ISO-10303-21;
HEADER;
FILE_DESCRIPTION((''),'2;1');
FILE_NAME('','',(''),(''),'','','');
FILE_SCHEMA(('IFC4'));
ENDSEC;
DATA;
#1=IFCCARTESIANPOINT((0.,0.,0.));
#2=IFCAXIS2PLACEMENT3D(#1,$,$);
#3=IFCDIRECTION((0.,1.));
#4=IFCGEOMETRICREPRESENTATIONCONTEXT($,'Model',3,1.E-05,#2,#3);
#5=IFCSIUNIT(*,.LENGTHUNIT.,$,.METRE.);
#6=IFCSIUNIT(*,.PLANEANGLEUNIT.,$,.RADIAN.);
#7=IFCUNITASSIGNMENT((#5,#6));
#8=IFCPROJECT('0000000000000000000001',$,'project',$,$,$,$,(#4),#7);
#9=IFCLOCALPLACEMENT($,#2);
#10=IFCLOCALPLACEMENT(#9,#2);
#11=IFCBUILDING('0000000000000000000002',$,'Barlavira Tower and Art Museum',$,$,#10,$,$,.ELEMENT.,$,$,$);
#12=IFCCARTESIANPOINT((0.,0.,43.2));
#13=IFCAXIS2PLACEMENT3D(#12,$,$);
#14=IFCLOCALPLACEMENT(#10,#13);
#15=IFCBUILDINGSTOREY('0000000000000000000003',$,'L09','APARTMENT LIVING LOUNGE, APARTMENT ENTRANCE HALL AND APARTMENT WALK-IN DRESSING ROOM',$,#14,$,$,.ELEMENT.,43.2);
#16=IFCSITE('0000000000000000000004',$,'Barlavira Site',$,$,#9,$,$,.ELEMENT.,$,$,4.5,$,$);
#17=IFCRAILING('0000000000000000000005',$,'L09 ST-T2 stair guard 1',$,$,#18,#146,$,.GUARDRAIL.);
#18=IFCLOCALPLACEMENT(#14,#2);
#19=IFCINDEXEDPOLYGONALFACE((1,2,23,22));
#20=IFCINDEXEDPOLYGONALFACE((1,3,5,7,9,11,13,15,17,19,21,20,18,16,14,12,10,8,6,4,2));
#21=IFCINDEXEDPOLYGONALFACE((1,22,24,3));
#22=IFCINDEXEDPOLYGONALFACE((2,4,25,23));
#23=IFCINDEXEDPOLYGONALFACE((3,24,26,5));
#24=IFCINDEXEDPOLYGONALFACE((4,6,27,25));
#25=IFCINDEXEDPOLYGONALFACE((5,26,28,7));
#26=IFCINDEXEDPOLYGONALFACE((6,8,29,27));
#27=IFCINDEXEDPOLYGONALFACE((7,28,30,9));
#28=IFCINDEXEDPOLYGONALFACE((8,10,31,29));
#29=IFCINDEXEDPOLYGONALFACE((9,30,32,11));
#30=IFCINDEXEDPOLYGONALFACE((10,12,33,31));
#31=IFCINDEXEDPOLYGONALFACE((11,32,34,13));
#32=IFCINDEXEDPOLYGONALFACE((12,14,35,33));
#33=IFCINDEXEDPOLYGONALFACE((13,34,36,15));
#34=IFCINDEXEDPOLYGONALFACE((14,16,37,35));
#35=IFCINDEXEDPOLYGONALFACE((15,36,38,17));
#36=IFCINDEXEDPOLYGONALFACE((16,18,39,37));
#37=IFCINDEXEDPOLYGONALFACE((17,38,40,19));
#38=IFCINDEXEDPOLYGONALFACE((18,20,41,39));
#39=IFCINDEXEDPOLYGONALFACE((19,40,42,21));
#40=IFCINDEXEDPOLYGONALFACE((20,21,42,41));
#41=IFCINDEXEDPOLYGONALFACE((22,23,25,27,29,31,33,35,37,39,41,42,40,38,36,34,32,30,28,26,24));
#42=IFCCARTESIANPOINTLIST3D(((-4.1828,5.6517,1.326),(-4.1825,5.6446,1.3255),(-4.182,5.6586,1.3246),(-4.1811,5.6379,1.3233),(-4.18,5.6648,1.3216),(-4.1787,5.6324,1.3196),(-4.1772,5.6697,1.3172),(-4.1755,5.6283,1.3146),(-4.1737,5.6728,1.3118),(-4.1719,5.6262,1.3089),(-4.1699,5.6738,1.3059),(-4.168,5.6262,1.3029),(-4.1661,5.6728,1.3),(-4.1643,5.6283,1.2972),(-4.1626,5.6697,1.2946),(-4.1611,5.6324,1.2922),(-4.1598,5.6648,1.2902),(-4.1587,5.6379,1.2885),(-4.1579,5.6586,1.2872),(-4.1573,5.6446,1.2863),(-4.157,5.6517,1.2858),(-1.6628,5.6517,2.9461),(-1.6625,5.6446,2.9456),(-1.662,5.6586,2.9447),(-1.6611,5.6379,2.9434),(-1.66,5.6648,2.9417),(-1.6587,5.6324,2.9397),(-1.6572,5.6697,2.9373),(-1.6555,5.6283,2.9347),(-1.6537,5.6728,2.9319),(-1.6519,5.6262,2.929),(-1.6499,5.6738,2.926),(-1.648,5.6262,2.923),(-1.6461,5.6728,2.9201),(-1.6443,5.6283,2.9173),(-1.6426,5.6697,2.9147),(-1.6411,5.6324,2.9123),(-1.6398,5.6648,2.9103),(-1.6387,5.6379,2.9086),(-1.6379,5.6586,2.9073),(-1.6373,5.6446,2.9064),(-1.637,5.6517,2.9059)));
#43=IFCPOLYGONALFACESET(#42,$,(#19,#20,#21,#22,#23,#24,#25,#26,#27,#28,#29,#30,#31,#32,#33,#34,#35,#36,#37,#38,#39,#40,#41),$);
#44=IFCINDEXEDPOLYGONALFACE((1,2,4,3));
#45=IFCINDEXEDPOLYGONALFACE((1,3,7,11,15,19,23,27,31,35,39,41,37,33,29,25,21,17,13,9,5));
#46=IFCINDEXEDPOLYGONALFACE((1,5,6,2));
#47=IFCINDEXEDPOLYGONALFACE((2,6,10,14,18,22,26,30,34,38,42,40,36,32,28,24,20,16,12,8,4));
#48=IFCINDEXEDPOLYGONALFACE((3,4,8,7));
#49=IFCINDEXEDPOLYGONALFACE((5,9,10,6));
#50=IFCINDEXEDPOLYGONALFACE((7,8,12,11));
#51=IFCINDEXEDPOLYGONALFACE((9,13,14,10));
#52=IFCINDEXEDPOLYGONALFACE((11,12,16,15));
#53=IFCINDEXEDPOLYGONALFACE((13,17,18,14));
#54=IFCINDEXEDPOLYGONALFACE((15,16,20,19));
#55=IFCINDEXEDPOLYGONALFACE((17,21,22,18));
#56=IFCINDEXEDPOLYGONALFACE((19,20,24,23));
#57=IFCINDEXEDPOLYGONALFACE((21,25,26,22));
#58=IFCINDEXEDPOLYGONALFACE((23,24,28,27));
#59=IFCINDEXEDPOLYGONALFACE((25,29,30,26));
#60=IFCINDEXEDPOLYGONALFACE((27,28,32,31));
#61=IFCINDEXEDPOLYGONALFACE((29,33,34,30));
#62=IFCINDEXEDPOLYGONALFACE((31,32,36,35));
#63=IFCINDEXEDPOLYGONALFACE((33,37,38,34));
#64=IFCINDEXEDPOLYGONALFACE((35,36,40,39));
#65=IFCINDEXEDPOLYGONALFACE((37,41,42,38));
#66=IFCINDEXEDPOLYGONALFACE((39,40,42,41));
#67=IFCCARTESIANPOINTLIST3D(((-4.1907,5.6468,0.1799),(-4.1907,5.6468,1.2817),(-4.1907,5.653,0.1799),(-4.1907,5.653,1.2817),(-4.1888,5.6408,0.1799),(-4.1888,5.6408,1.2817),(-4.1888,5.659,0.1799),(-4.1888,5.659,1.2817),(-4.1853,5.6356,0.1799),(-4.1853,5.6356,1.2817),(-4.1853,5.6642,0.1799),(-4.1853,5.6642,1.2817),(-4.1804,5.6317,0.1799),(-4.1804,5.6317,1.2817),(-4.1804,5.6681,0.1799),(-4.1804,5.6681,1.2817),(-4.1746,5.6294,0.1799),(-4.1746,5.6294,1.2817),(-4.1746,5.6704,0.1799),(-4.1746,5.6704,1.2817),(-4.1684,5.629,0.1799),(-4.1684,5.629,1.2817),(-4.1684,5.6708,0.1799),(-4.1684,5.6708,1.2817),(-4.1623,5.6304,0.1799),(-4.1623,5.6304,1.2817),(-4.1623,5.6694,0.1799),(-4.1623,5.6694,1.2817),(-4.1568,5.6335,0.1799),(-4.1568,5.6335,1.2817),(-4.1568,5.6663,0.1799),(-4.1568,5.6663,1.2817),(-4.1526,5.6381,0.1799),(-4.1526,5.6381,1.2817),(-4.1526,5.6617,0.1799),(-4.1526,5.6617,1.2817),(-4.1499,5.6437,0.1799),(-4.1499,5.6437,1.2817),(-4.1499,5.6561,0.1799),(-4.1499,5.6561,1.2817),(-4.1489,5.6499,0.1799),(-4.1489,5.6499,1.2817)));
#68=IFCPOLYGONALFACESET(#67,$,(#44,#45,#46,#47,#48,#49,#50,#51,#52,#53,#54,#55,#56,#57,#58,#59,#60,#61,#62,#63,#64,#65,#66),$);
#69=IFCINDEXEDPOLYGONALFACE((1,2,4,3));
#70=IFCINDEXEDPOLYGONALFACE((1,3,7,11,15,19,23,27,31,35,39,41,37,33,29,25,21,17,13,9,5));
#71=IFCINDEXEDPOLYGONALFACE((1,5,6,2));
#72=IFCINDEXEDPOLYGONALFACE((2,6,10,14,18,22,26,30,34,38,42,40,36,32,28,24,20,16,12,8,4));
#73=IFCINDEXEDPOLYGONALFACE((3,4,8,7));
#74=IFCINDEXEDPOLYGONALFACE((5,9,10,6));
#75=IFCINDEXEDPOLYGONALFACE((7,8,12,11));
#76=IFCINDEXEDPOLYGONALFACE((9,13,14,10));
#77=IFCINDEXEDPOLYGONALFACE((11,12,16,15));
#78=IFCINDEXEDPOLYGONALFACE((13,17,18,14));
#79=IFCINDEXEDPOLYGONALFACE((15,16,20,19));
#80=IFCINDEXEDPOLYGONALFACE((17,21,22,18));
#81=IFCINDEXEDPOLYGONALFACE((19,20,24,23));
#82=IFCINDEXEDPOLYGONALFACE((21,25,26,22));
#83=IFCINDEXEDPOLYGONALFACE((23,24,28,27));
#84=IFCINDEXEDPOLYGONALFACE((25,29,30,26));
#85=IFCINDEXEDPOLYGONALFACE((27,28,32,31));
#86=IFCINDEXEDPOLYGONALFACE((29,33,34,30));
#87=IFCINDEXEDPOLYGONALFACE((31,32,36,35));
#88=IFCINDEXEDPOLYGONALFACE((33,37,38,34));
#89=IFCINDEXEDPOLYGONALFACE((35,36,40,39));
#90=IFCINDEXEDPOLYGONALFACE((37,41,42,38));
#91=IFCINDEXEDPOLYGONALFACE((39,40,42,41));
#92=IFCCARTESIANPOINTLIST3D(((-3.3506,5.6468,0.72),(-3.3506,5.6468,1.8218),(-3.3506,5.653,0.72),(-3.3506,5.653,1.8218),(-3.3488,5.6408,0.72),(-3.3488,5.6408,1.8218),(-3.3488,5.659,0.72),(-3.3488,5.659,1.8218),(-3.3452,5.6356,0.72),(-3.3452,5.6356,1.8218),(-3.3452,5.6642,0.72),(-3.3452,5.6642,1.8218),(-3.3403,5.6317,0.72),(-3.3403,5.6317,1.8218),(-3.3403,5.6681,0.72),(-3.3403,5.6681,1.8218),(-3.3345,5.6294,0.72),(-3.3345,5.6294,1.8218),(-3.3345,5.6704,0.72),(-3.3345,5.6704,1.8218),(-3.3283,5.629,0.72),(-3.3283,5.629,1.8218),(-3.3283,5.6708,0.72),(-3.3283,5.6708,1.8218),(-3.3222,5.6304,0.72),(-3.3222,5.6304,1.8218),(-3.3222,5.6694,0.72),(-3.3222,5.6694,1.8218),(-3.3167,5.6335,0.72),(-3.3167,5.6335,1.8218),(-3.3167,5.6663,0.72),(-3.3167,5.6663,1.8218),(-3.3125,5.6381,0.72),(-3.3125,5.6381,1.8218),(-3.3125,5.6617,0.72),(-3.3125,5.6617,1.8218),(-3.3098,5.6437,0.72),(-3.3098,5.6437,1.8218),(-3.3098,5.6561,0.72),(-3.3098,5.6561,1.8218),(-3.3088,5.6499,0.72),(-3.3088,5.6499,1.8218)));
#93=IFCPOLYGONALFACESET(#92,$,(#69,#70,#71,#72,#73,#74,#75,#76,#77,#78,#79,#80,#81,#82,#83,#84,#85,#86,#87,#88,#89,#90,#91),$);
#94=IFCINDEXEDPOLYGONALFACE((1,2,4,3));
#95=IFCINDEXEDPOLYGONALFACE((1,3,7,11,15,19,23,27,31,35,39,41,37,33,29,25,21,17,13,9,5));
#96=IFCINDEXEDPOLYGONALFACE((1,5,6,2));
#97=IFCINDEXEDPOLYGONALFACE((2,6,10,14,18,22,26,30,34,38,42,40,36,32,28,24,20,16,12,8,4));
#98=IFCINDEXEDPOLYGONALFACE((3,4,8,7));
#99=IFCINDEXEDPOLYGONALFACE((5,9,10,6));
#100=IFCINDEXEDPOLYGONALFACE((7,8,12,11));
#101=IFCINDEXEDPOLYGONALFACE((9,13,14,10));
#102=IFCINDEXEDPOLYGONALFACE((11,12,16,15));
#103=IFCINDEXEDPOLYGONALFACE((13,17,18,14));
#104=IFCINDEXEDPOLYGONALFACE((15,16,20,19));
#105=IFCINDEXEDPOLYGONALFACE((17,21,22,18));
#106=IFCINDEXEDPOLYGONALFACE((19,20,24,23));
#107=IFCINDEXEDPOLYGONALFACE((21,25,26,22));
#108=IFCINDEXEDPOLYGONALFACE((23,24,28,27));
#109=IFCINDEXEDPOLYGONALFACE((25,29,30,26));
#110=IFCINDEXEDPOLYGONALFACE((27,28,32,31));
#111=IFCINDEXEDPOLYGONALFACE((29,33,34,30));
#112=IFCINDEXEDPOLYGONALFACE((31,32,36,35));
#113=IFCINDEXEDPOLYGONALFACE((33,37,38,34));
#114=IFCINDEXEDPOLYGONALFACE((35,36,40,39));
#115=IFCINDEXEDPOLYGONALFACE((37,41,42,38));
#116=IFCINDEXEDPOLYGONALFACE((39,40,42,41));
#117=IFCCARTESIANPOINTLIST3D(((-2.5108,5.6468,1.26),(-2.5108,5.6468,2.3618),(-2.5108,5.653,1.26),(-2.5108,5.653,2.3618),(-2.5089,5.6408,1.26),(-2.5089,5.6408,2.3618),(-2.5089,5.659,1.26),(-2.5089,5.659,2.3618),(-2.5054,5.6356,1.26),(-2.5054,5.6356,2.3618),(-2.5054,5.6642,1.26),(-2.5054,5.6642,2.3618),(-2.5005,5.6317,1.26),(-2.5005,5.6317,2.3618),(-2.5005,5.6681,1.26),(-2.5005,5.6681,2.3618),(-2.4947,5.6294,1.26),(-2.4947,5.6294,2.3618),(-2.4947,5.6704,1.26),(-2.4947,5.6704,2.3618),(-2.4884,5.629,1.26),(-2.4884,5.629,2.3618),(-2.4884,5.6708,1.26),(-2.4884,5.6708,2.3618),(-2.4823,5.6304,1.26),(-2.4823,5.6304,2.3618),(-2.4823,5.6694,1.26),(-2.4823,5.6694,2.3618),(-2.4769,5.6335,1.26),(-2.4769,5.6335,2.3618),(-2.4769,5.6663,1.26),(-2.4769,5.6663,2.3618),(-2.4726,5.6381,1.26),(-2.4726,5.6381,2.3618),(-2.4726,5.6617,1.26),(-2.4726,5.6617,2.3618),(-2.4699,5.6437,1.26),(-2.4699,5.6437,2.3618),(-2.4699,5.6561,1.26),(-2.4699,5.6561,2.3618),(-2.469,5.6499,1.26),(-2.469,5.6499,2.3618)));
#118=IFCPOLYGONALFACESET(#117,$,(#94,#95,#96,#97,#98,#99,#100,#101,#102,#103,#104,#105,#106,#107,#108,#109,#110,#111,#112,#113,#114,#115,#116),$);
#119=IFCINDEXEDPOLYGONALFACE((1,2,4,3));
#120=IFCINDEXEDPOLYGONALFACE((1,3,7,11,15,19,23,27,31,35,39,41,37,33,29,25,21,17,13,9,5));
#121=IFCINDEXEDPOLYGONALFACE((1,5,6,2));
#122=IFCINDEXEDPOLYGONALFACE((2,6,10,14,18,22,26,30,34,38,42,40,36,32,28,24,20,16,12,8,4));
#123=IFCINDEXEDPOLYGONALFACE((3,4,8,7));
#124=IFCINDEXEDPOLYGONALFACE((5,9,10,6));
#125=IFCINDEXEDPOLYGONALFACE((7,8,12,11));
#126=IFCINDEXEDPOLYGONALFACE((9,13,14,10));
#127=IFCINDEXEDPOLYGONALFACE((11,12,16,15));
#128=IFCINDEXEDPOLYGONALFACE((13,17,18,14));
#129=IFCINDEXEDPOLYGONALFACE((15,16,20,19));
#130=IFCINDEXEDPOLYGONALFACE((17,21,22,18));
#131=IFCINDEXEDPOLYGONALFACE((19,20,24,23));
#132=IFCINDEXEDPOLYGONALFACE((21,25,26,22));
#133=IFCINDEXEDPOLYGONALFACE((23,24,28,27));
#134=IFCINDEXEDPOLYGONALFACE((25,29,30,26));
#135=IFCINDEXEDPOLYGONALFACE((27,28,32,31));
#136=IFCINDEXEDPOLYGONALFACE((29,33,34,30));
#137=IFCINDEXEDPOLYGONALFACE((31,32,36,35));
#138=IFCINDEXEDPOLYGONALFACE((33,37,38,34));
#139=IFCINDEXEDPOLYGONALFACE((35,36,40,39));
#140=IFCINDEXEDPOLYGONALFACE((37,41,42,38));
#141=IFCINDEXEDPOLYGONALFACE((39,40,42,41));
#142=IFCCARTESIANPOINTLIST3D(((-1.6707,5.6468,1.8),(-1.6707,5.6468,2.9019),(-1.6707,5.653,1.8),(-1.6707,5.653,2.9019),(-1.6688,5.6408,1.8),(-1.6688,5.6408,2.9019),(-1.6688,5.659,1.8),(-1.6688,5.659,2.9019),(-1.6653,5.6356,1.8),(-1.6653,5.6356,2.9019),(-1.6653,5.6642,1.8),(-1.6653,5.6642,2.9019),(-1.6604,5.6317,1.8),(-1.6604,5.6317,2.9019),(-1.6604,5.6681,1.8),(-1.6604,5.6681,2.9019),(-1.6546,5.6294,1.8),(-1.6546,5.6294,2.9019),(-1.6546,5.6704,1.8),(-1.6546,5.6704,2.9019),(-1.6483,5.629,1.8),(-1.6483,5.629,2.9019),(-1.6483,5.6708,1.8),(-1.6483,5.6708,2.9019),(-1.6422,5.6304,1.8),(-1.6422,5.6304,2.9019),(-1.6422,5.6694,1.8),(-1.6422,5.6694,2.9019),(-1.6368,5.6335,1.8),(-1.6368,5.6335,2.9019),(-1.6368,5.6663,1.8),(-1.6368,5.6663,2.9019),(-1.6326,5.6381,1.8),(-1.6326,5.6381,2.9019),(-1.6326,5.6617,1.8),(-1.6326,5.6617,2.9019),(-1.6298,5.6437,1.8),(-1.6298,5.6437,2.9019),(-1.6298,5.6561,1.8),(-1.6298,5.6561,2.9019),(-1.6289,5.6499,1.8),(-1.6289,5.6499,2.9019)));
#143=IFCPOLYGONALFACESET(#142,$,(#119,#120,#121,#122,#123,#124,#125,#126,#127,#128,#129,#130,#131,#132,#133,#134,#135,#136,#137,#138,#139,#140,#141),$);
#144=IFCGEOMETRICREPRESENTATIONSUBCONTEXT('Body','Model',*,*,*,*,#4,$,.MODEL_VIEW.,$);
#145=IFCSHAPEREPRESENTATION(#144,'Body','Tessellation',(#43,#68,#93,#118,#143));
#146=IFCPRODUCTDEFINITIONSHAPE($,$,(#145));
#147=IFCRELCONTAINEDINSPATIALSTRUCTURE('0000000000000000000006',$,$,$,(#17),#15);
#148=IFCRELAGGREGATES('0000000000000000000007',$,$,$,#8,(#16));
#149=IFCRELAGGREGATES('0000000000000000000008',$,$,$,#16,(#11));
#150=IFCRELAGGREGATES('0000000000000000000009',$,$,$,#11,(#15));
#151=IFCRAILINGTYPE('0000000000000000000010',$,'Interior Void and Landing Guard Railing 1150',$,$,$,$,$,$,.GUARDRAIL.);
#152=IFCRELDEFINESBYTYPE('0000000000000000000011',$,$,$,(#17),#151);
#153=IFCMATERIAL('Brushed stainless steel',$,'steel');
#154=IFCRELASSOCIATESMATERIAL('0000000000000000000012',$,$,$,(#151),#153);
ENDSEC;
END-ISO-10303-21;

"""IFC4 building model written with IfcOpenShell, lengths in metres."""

from ifc_helpers import new_model, si_unit, direction, frame, origin, origin_2d, place, context, subcontext, project, spatial, circle, extrude, material, type_object, element, save


model = new_model("IFC4")

# Units and contexts
model_context = context("Model", 3, precision=1e-05, world=origin(), true_north=direction((0.0, 1.0)))
body_context = subcontext(model_context, "Body", "Model", "MODEL_VIEW")
ifc_project = project(units=[si_unit("LENGTHUNIT", "METRE"), si_unit("PLANEANGLEUNIT", "RADIAN")], contexts=[model_context])

# Site, building, storey
site_placement = place(None, origin())
site = spatial("IfcSite", under=ifc_project, at=site_placement, Name="Barlavira Site", CompositionType="ELEMENT", RefElevation=4.5)
building_placement = place(site_placement, origin())
building = spatial("IfcBuilding", under=site, at=building_placement, Name="Barlavira Tower and Art Museum", CompositionType="ELEMENT")
storey_placement = place(building_placement, frame((0.0, 0.0, 43.2)))
storey = spatial("IfcBuildingStorey", under=building, at=storey_placement, Name="L09", Description="APARTMENT LIVING LOUNGE, APARTMENT ENTRANCE HALL AND APARTMENT WALK-IN DRESSING ROOM", CompositionType="ELEMENT", Elevation=43.2)

# Shared definitions
ifc_material_1 = material(Name="Brushed stainless steel", Category="steel")

# Railing
railing_type_1 = type_object("IfcRailingType", Name="Interior Void and Landing Guard Railing 1150", PredefinedType="GUARDRAIL", material=ifc_material_1)
railing_1_placement = place(storey_placement, frame((-4.1699, 5.6499, 0.1799)))
element("IfcRailing", 1, at=railing_1_placement, inside=storey, type_object=railing_type_1, Name="L09 ST-T2 stair guard 1", PredefinedType="GUARDRAIL", context=body_context, shape_type="SweptSolid", body=[
    extrude(circle(Radius=0.0239, at=origin_2d()), frame((0.0, 0.0, 1.126), z_axis=(0.841163, 0.0, 0.540782), x_axis=(0.0, 1.0, 0.0)), (0.0, 0.0, 1.0), 2.9958),
    extrude(circle(Radius=0.021, at=origin_2d()), origin(), (0.0, 0.0, 1.0), 1.1018),
    extrude(circle(Radius=0.021, at=origin_2d()), frame((0.8401, 0.0, 0.54)), (0.0, 0.0, 1.0), 1.1018),
    extrude(circle(Radius=0.021, at=origin_2d()), frame((1.6799, 0.0, 1.0801)), (0.0, 0.0, 1.0), 1.1018),
    extrude(circle(Radius=0.021, at=origin_2d()), frame((2.52, 0.0, 1.6201)), (0.0, 0.0, 1.0), 1.1018),
])

save(model, "model.ifc")
